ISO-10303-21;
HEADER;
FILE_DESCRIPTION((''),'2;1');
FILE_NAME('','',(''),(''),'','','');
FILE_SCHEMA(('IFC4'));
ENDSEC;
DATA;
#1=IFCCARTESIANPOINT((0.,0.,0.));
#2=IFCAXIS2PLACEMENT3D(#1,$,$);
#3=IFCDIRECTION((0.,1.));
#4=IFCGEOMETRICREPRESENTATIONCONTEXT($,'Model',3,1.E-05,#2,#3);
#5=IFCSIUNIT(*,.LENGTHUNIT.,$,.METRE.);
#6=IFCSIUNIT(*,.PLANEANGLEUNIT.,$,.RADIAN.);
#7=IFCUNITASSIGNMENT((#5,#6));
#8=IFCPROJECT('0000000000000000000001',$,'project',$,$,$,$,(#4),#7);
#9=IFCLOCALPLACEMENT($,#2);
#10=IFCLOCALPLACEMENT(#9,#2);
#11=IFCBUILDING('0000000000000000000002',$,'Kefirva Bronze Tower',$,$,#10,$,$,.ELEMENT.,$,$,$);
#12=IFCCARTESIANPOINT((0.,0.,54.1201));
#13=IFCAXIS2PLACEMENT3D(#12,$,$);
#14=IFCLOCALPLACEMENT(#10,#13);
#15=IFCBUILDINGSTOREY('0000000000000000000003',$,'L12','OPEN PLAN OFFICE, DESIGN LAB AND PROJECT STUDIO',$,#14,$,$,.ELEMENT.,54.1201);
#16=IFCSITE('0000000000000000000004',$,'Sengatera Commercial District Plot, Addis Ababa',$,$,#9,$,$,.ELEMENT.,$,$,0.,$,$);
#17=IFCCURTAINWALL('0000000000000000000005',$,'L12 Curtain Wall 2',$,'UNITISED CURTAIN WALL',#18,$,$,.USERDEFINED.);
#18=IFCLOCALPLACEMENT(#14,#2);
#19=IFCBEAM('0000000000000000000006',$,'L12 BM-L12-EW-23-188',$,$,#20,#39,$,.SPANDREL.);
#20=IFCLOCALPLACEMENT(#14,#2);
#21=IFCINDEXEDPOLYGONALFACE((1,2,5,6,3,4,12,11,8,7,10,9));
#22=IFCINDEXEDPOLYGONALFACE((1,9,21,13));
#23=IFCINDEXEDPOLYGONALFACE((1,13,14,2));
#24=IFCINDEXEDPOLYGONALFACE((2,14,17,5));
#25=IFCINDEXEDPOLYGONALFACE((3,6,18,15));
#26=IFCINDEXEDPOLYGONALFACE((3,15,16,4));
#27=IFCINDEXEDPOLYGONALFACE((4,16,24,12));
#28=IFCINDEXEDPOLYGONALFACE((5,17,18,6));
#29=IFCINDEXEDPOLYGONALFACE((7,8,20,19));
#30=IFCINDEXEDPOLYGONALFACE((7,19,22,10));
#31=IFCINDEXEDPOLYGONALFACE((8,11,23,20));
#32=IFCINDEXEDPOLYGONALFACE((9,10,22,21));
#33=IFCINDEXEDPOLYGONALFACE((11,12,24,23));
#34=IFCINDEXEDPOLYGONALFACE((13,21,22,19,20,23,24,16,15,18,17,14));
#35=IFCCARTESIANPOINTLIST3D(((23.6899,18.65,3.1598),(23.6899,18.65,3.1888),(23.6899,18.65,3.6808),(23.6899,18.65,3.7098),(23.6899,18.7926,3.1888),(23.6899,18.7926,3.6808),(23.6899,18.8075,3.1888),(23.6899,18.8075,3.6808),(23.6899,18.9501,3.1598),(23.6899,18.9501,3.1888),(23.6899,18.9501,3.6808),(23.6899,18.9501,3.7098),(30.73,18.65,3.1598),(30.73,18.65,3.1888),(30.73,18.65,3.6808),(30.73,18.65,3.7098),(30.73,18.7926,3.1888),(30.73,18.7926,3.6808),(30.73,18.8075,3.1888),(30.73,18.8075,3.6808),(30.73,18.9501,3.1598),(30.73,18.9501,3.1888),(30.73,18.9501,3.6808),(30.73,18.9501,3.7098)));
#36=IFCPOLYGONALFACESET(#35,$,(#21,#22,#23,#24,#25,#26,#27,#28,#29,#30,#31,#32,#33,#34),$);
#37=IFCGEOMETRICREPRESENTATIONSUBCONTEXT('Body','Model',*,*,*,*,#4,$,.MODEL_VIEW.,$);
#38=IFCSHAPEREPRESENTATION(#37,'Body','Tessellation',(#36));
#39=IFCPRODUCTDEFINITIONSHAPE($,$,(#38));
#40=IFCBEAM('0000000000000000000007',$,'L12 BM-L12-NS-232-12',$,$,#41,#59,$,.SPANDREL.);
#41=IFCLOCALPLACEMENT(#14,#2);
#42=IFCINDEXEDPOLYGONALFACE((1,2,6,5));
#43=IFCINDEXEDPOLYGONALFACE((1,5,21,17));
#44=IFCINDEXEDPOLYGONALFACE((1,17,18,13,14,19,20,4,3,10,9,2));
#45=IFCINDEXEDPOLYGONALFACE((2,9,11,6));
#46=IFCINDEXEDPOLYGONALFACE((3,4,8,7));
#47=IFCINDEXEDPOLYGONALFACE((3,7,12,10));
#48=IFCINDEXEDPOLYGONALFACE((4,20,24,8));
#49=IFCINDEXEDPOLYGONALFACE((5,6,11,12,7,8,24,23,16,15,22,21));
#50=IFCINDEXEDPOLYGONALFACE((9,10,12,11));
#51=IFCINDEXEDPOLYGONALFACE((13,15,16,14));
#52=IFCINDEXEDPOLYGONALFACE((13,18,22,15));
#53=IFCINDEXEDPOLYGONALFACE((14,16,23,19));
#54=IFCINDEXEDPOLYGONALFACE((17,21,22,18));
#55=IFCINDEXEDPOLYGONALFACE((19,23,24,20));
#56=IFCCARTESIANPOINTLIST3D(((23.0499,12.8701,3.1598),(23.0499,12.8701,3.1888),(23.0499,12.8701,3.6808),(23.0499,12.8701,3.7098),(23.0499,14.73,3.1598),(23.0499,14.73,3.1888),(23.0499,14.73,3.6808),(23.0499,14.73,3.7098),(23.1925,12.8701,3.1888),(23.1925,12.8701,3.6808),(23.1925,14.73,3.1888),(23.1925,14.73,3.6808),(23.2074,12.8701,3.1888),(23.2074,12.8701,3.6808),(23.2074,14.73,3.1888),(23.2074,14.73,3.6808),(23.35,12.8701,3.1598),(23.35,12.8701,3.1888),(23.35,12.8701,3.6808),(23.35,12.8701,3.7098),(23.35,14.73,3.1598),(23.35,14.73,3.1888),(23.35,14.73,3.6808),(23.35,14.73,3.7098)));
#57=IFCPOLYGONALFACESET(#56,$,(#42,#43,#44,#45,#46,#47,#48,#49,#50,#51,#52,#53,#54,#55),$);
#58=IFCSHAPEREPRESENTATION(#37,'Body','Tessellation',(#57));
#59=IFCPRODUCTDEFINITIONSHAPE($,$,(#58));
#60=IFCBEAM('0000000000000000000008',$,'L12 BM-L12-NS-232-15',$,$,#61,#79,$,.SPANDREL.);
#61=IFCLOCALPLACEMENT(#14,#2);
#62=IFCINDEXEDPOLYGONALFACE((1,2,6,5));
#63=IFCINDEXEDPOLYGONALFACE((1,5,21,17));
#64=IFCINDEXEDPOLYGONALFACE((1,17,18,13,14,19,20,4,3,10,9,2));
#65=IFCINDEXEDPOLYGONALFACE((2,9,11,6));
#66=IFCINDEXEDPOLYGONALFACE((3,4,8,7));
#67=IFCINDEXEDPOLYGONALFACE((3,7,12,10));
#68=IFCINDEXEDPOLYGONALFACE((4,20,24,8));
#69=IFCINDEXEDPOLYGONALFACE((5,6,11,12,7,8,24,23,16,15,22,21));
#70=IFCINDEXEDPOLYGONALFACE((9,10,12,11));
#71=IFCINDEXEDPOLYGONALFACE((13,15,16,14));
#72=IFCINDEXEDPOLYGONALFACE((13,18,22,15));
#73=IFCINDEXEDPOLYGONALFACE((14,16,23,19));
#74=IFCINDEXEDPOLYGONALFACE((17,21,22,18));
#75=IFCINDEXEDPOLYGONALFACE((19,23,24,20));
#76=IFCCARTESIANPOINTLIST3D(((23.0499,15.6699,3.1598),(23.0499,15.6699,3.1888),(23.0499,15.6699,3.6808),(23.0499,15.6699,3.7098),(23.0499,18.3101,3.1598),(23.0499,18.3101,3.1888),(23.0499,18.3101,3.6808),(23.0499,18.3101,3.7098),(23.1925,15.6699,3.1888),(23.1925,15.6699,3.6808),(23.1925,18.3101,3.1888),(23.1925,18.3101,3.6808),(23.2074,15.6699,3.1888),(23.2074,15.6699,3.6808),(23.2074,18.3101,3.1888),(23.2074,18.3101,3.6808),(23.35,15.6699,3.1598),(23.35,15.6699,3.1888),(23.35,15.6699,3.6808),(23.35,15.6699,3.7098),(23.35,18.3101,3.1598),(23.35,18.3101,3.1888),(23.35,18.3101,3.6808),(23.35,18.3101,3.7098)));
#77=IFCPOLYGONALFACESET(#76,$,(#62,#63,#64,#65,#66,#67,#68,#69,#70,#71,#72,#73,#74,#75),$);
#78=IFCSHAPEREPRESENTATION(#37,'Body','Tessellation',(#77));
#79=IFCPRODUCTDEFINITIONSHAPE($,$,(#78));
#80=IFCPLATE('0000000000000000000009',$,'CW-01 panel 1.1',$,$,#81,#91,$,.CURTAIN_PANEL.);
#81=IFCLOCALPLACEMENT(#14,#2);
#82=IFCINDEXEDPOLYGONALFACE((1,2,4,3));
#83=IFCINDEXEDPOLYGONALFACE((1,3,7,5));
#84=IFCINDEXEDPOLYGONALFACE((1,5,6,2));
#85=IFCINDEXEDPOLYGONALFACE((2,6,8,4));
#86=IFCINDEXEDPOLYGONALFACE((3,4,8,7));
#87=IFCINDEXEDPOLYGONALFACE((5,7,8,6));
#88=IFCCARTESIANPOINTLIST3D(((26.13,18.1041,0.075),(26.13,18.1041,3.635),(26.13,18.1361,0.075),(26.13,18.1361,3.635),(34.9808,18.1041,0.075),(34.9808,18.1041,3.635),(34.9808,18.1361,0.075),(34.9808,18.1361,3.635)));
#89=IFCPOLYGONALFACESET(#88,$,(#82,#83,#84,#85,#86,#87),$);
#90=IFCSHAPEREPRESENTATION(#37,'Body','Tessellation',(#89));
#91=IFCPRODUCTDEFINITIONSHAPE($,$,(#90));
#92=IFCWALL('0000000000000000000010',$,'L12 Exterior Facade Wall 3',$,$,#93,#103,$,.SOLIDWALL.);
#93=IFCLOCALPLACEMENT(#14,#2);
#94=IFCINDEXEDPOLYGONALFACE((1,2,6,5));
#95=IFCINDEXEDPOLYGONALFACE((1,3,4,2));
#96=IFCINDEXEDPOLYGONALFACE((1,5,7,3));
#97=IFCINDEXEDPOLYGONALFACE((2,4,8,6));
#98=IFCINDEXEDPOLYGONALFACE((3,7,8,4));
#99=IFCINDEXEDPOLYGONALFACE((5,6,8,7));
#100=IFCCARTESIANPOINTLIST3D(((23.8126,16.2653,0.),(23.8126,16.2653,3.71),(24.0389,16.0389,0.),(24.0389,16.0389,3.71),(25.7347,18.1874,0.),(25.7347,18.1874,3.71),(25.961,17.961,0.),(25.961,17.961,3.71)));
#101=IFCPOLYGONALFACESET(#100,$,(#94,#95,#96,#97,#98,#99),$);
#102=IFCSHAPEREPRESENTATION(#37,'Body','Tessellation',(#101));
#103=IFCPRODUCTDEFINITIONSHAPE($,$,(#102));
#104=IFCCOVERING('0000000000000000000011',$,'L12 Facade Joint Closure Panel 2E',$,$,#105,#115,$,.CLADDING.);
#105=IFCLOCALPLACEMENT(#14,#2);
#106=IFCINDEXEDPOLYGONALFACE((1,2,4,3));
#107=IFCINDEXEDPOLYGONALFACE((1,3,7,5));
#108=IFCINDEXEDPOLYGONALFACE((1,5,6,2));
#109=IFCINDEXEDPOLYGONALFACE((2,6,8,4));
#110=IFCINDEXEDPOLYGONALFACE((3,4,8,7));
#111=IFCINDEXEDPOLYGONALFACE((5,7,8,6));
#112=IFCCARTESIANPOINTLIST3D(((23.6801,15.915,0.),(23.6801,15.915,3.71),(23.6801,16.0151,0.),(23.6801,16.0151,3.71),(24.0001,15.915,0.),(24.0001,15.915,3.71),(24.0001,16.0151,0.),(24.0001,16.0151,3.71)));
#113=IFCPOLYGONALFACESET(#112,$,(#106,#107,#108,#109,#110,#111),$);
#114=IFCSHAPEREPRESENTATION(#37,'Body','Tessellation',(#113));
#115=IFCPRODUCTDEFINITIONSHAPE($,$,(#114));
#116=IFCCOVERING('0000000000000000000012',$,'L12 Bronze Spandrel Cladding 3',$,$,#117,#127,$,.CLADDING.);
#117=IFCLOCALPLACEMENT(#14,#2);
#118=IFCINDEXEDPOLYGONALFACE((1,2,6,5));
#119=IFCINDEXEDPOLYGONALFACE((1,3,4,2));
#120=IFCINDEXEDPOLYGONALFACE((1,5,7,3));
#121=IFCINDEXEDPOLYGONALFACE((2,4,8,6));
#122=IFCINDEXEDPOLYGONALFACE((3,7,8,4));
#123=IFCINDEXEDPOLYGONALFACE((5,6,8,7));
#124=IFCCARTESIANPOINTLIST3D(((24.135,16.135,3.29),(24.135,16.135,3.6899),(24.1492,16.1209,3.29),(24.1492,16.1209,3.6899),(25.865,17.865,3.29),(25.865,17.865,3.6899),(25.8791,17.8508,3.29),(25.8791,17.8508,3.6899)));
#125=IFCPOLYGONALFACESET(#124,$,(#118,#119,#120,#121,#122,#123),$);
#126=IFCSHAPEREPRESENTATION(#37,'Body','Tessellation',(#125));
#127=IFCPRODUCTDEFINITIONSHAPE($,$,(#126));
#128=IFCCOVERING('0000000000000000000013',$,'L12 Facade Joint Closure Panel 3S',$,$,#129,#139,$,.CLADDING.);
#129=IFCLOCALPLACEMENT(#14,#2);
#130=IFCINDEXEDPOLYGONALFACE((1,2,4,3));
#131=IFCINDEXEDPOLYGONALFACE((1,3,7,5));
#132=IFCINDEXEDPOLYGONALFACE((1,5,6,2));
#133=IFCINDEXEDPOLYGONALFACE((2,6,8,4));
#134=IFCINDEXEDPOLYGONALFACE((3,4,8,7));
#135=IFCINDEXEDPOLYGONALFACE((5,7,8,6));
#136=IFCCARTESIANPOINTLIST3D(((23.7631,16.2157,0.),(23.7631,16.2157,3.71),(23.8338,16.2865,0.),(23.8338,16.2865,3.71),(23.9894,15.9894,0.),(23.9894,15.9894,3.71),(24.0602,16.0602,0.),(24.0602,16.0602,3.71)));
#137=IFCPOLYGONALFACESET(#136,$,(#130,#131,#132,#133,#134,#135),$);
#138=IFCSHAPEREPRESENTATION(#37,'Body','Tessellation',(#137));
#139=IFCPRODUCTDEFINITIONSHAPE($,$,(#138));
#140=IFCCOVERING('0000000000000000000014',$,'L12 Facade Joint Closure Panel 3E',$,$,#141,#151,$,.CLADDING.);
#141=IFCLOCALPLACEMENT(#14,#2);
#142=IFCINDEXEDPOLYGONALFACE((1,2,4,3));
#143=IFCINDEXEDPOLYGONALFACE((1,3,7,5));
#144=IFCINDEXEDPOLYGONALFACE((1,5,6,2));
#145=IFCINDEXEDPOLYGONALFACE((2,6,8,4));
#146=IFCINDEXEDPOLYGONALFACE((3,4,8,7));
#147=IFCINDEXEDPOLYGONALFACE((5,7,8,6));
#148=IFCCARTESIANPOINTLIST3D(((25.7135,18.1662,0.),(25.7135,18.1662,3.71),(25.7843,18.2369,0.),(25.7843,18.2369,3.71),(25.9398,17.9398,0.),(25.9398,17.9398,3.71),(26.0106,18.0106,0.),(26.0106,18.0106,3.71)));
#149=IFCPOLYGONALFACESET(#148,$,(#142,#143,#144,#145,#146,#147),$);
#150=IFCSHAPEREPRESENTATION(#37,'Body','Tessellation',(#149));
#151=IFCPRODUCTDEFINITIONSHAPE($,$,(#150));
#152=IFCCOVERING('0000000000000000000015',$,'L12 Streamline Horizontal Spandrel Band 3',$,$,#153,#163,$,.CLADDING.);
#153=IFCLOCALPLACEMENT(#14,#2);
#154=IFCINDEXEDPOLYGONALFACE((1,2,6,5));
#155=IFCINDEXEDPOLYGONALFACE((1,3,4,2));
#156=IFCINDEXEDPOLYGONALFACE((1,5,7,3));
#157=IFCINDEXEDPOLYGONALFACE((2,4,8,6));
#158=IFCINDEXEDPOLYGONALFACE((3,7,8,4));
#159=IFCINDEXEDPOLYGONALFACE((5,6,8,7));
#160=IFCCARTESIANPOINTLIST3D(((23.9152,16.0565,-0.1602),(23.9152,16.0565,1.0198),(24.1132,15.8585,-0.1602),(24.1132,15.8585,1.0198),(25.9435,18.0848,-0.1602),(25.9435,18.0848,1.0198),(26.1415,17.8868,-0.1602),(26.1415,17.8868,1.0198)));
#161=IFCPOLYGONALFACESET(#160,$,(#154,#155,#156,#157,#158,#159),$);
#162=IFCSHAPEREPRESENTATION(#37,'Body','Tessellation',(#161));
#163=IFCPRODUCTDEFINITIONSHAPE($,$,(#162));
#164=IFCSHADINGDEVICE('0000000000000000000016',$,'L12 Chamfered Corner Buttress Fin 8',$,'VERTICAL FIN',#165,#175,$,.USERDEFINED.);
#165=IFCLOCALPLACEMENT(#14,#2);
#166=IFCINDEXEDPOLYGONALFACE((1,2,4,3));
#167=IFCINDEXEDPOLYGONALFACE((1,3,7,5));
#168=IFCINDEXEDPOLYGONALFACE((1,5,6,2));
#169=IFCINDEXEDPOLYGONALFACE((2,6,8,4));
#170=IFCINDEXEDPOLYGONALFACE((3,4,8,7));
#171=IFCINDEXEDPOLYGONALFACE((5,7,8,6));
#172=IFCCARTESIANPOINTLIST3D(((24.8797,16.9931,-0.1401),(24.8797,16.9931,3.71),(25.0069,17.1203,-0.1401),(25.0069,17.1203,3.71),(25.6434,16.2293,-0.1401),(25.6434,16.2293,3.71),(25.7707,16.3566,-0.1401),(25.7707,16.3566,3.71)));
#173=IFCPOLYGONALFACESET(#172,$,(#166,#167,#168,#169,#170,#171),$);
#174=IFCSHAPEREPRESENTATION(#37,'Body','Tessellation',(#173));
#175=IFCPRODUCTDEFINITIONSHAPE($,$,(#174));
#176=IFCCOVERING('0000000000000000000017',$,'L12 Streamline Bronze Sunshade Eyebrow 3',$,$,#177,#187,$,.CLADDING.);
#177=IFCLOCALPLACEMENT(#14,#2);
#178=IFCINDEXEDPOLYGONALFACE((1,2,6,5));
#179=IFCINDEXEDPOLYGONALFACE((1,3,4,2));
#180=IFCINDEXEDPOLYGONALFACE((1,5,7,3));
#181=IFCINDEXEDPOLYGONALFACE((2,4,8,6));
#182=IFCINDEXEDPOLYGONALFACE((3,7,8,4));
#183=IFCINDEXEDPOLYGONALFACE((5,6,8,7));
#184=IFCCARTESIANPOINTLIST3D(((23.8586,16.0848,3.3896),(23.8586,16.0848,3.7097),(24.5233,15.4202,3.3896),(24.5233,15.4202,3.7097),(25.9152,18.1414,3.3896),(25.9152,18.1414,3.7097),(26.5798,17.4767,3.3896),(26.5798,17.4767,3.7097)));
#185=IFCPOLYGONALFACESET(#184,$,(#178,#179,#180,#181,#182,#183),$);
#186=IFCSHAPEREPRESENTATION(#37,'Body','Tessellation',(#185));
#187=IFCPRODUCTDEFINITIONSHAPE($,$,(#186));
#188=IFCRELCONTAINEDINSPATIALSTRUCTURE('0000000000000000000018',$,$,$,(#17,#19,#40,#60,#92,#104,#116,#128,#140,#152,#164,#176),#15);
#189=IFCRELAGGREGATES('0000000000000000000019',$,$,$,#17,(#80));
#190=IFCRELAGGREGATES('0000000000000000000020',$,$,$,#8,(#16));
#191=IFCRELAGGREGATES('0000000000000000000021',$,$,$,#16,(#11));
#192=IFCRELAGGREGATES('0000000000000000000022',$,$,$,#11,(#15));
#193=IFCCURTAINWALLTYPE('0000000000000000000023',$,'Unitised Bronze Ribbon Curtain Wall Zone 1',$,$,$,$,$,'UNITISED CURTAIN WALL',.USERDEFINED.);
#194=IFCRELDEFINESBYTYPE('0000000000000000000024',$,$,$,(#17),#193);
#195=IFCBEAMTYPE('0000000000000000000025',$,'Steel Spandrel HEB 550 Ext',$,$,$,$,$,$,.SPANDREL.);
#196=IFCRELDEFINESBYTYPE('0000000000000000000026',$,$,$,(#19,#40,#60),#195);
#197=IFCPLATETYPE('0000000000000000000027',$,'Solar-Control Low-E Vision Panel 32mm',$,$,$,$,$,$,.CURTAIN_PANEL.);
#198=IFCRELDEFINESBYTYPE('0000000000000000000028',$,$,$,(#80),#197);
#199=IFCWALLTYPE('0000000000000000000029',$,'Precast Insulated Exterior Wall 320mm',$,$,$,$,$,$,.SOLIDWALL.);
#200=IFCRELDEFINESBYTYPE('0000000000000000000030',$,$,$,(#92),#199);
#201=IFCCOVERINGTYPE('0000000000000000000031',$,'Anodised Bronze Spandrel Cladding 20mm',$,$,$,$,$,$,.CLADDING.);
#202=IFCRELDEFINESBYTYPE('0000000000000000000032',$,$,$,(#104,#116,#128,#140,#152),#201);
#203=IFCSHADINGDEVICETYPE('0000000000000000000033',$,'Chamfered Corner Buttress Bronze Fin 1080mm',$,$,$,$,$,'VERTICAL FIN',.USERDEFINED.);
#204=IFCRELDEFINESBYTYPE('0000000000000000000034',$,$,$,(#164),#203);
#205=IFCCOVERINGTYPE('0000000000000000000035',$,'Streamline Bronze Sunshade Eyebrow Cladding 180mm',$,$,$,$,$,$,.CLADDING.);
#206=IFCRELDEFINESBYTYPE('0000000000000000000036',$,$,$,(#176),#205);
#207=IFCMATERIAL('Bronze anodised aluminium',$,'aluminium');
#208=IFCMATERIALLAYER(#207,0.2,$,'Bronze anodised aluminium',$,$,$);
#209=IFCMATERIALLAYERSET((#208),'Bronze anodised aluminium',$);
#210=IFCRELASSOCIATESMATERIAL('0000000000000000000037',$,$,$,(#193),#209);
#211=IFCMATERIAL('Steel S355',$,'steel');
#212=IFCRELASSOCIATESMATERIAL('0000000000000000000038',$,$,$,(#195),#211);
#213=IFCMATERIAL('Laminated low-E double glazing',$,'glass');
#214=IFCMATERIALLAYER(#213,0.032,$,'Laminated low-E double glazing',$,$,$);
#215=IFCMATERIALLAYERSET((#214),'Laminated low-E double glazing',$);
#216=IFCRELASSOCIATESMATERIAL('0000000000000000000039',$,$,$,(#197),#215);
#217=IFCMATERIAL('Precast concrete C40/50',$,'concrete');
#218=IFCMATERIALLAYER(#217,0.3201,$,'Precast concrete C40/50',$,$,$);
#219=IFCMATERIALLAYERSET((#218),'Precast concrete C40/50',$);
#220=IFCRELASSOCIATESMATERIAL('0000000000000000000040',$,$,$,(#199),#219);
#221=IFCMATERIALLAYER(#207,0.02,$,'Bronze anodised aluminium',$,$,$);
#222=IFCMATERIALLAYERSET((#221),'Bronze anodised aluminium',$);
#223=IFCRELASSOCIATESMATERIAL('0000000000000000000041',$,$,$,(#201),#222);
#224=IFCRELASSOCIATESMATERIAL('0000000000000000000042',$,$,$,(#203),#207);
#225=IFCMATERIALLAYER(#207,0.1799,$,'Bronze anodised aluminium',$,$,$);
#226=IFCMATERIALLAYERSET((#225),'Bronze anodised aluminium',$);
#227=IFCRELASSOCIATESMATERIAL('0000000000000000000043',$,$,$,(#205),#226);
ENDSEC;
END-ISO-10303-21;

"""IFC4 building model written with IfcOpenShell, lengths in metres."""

from ifc_helpers import new_model, si_unit, direction, frame, frame_2d, origin, origin_2d, place, context, subcontext, project, spatial, rectangle, i_section, extrude, material, layer, layer_set, material_profile, profile_set, type_object, element, aggregate, save


model = new_model("IFC4")

# Units and contexts
model_context = context("Model", 3, precision=1e-05, world=origin(), true_north=direction((0.0, 1.0)))
body_context = subcontext(model_context, "Body", "Model", "MODEL_VIEW")
ifc_project = project(units=[si_unit("LENGTHUNIT", "METRE"), si_unit("PLANEANGLEUNIT", "RADIAN")], contexts=[model_context])

# Site, building, storey
site_placement = place(None, origin())
site = spatial("IfcSite", under=ifc_project, at=site_placement, Name="Sengatera Commercial District Plot, Addis Ababa", CompositionType="ELEMENT", RefElevation=0.0)
building_placement = place(site_placement, origin())
building = spatial("IfcBuilding", under=site, at=building_placement, Name="Kefirva Bronze Tower", CompositionType="ELEMENT")
storey_placement = place(building_placement, frame((0.0, 0.0, 54.1201)))
storey = spatial("IfcBuildingStorey", under=building, at=storey_placement, Name="L12", Description="OPEN PLAN OFFICE, DESIGN LAB AND PROJECT STUDIO", CompositionType="ELEMENT", Elevation=54.1201)

# Curtain wall
ifc_material_1 = material(Name="Bronze anodised aluminium", Category="aluminium")
ifc_layer_1 = layer(ifc_material_1, 0.2, Name="Bronze anodised aluminium")
ifc_layer_set_1 = layer_set([ifc_layer_1], Name="Bronze anodised aluminium")
curtain_wall_type = type_object("IfcCurtainWallType", Name="Unitised Bronze Ribbon Curtain Wall Zone 1", ElementType="UNITISED CURTAIN WALL", PredefinedType="USERDEFINED", material=ifc_layer_set_1)
curtain_wall_placement = place(storey_placement, origin())
curtain_wall = element("IfcCurtainWall", 1, at=curtain_wall_placement, inside=storey, type_object=curtain_wall_type, Name="L12 Curtain Wall 2", ObjectType="UNITISED CURTAIN WALL", PredefinedType="USERDEFINED")

# Beams
ifc_material_2 = material(Name="Steel S355", Category="steel")
ifc_material_profile_1 = material_profile(ifc_material_2, i_section(OverallWidth=0.3, OverallDepth=0.55, WebThickness=0.0149, FlangeThickness=0.0291, at=origin_2d()), Name="HEB 550")
ifc_profile_set_1 = profile_set([ifc_material_profile_1], Name="Steel S355")
beam_type_1 = type_object("IfcBeamType", Name="Steel Spandrel HEB 550 Ext", PredefinedType="SPANDREL", material=ifc_profile_set_1)
beam_1_placement = place(storey_placement, frame((23.6899, 18.8, 3.4348), z_axis=(1.0, 0.0, 0.0), x_axis=(0.0, 1.0, 0.0)))
element("IfcBeam", 2, at=beam_1_placement, inside=storey, type_object=beam_type_1, Name="L12 BM-L12-EW-23-188", PredefinedType="SPANDREL", context=body_context, shape_type="SweptSolid", body=[
    extrude(i_section(OverallWidth=0.3, OverallDepth=0.55, WebThickness=0.0149, FlangeThickness=0.0291, at=origin_2d()), origin(), (0.0, 0.0, 1.0), 7.04),
])
beam_2_placement = place(storey_placement, frame((23.2, 12.8701, 3.4348), z_axis=(0.0, 1.0, 0.0), x_axis=(-1.0, 0.0, 0.0)))
element("IfcBeam", 3, at=beam_2_placement, inside=storey, type_object=beam_type_1, Name="L12 BM-L12-NS-232-12", PredefinedType="SPANDREL", context=body_context, shape_type="SweptSolid", body=[
    extrude(i_section(OverallWidth=0.3, OverallDepth=0.55, WebThickness=0.0149, FlangeThickness=0.0291, at=origin_2d()), origin(), (0.0, 0.0, 1.0), 1.8599),
])
beam_3_placement = place(storey_placement, frame((23.2, 15.6699, 3.4348), z_axis=(0.0, 1.0, 0.0), x_axis=(-1.0, 0.0, 0.0)))
element("IfcBeam", 4, at=beam_3_placement, inside=storey, type_object=beam_type_1, Name="L12 BM-L12-NS-232-15", PredefinedType="SPANDREL", context=body_context, shape_type="SweptSolid", body=[
    extrude(i_section(OverallWidth=0.3, OverallDepth=0.55, WebThickness=0.0149, FlangeThickness=0.0291, at=origin_2d()), origin(), (0.0, 0.0, 1.0), 2.6401),
])

# Plate
ifc_material_3 = material(Name="Laminated low-E double glazing", Category="glass")
ifc_layer_2 = layer(ifc_material_3, 0.032, Name="Laminated low-E double glazing")
ifc_layer_set_2 = layer_set([ifc_layer_2], Name="Laminated low-E double glazing")
plate_type = type_object("IfcPlateType", Name="Solar-Control Low-E Vision Panel 32mm", PredefinedType="CURTAIN_PANEL", material=ifc_layer_set_2)
plate_placement = place(storey_placement, frame((30.5554, 18.1201, 0.075), z_axis=(0.0, 0.0, 1.0), x_axis=(1.0, 0.0, 0.0)))
plate = element("IfcPlate", 5, at=plate_placement, type_object=plate_type, Name="CW-01 panel 1.1", PredefinedType="CURTAIN_PANEL", context=body_context, shape_type="SweptSolid", body=[
    extrude(rectangle(XDim=8.8508, YDim=0.032, at=origin_2d()), origin(), (0.0, 0.0, 1.0), 3.5601),
])
aggregate(curtain_wall, [plate])

# Wall
ifc_material_4 = material(Name="Precast concrete C40/50", Category="concrete")
ifc_layer_3 = layer(ifc_material_4, 0.3201, Name="Precast concrete C40/50")
ifc_layer_set_3 = layer_set([ifc_layer_3], Name="Precast concrete C40/50")
wall_type = type_object("IfcWallType", Name="Precast Insulated Exterior Wall 320mm", PredefinedType="SOLIDWALL", material=ifc_layer_set_3)
wall_placement = place(storey_placement, frame((23.9258, 16.1521, 0.0), z_axis=(0.0, 0.0, 1.0), x_axis=(0.707107, 0.707107, 0.0)))
element("IfcWall", 6, at=wall_placement, inside=storey, type_object=wall_type, Name="L12 Exterior Facade Wall 3", PredefinedType="SOLIDWALL", context=body_context, shape_type="SweptSolid", body=[
    extrude(rectangle(XDim=2.7183, YDim=0.3201, at=frame_2d((1.3591, 0.0))), origin(), (0.0, 0.0, 1.0), 3.71),
])

# Coverings
ifc_layer_4 = layer(ifc_material_1, 0.02, Name="Bronze anodised aluminium")
ifc_layer_set_4 = layer_set([ifc_layer_4], Name="Bronze anodised aluminium")
covering_type_1 = type_object("IfcCoveringType", Name="Anodised Bronze Spandrel Cladding 20mm", PredefinedType="CLADDING", material=ifc_layer_set_4)
covering_1_placement = place(storey_placement, frame((23.8401, 15.9651, 0.0), z_axis=(0.0, 0.0, 1.0), x_axis=(0.0, 1.0, 0.0)))
element("IfcCovering", 7, at=covering_1_placement, inside=storey, type_object=covering_type_1, Name="L12 Facade Joint Closure Panel 2E", PredefinedType="CLADDING", context=body_context, shape_type="SweptSolid", body=[
    extrude(rectangle(XDim=0.1001, YDim=0.3201, at=origin_2d()), origin(), (0.0, 0.0, 1.0), 3.71),
])
covering_2_placement = place(storey_placement, frame((25.0071, 16.9929, 3.29), z_axis=(0.0, 0.0, 1.0), x_axis=(0.707107, 0.707107, 0.0)))
element("IfcCovering", 8, at=covering_2_placement, inside=storey, type_object=covering_type_1, Name="L12 Bronze Spandrel Cladding 3", PredefinedType="CLADDING", context=body_context, shape_type="SweptSolid", body=[
    extrude(rectangle(XDim=2.4465, YDim=0.02, at=origin_2d()), origin(), (0.0, 0.0, 1.0), 0.3999),
])
for number, where, z_axis, x_axis, name in (
    (9, (23.9116, 16.1379, 0.0), (0.0, 0.0, 1.0), (0.707107, 0.707107, 0.0), "L12 Facade Joint Closure Panel 3S"),
    (10, (25.8621, 18.0884, 0.0), (0.0, 0.0, 1.0), (0.707107, 0.707107, 0.0), "L12 Facade Joint Closure Panel 3E"),
):
    element("IfcCovering", number, at=place(storey_placement, frame(where, z_axis=z_axis, x_axis=x_axis)), inside=storey, type_object=covering_type_1, Name=name, PredefinedType="CLADDING", context=body_context, shape_type="SweptSolid", body=[
        extrude(rectangle(XDim=0.1001, YDim=0.3201, at=origin_2d()), origin(), (0.0, 0.0, 1.0), 3.71),
    ])
covering_3_placement = place(storey_placement, frame((25.0283, 16.9717, -0.1602), z_axis=(0.0, 0.0, 1.0), x_axis=(0.707107, 0.707107, 0.0)))
element("IfcCovering", 11, at=covering_3_placement, inside=storey, type_object=covering_type_1, Name="L12 Streamline Horizontal Spandrel Band 3", PredefinedType="CLADDING", context=body_context, shape_type="SweptSolid", body=[
    extrude(rectangle(XDim=2.8684, YDim=0.28, at=origin_2d()), origin(), (0.0, 0.0, 1.0), 1.1799),
])

# Shading device
ifc_material_profile_2 = material_profile(ifc_material_1, rectangle(XDim=0.1799, YDim=1.0801, at=origin_2d()), Name="BRONZE BUTTRESS FIN 180x1080")
ifc_profile_set_2 = profile_set([ifc_material_profile_2], Name="Bronze anodised aluminium")
shading_device_type = type_object("IfcShadingDeviceType", Name="Chamfered Corner Buttress Bronze Fin 1080mm", ElementType="VERTICAL FIN", PredefinedType="USERDEFINED", material=ifc_profile_set_2)
shading_device_placement = place(storey_placement, frame((25.3252, 16.6748, -0.1401), z_axis=(0.0, 0.0, 1.0), x_axis=(0.707107, 0.707107, 0.0)))
element("IfcShadingDevice", 12, at=shading_device_placement, inside=storey, type_object=shading_device_type, Name="L12 Chamfered Corner Buttress Fin 8", ObjectType="VERTICAL FIN", PredefinedType="USERDEFINED", context=body_context, shape_type="SweptSolid", body=[
    extrude(rectangle(XDim=0.1799, YDim=1.0801, at=origin_2d()), origin(), (0.0, 0.0, 1.0), 3.8501),
])

# Covering
ifc_layer_5 = layer(ifc_material_1, 0.1799, Name="Bronze anodised aluminium")
ifc_layer_set_5 = layer_set([ifc_layer_5], Name="Bronze anodised aluminium")
covering_type_2 = type_object("IfcCoveringType", Name="Streamline Bronze Sunshade Eyebrow Cladding 180mm", PredefinedType="CLADDING", material=ifc_layer_set_5)
covering_4_placement = place(storey_placement, frame((25.2192, 16.7808, 3.3896), z_axis=(0.0, 0.0, 1.0), x_axis=(0.707107, 0.707107, 0.0)))
element("IfcCovering", 13, at=covering_4_placement, inside=storey, type_object=covering_type_2, Name="L12 Streamline Bronze Sunshade Eyebrow 3", PredefinedType="CLADDING", context=body_context, shape_type="SweptSolid", body=[
    extrude(rectangle(XDim=2.9084, YDim=0.9399, at=origin_2d()), origin(), (0.0, 0.0, 1.0), 0.3201),
])

save(model, "model.ifc")
